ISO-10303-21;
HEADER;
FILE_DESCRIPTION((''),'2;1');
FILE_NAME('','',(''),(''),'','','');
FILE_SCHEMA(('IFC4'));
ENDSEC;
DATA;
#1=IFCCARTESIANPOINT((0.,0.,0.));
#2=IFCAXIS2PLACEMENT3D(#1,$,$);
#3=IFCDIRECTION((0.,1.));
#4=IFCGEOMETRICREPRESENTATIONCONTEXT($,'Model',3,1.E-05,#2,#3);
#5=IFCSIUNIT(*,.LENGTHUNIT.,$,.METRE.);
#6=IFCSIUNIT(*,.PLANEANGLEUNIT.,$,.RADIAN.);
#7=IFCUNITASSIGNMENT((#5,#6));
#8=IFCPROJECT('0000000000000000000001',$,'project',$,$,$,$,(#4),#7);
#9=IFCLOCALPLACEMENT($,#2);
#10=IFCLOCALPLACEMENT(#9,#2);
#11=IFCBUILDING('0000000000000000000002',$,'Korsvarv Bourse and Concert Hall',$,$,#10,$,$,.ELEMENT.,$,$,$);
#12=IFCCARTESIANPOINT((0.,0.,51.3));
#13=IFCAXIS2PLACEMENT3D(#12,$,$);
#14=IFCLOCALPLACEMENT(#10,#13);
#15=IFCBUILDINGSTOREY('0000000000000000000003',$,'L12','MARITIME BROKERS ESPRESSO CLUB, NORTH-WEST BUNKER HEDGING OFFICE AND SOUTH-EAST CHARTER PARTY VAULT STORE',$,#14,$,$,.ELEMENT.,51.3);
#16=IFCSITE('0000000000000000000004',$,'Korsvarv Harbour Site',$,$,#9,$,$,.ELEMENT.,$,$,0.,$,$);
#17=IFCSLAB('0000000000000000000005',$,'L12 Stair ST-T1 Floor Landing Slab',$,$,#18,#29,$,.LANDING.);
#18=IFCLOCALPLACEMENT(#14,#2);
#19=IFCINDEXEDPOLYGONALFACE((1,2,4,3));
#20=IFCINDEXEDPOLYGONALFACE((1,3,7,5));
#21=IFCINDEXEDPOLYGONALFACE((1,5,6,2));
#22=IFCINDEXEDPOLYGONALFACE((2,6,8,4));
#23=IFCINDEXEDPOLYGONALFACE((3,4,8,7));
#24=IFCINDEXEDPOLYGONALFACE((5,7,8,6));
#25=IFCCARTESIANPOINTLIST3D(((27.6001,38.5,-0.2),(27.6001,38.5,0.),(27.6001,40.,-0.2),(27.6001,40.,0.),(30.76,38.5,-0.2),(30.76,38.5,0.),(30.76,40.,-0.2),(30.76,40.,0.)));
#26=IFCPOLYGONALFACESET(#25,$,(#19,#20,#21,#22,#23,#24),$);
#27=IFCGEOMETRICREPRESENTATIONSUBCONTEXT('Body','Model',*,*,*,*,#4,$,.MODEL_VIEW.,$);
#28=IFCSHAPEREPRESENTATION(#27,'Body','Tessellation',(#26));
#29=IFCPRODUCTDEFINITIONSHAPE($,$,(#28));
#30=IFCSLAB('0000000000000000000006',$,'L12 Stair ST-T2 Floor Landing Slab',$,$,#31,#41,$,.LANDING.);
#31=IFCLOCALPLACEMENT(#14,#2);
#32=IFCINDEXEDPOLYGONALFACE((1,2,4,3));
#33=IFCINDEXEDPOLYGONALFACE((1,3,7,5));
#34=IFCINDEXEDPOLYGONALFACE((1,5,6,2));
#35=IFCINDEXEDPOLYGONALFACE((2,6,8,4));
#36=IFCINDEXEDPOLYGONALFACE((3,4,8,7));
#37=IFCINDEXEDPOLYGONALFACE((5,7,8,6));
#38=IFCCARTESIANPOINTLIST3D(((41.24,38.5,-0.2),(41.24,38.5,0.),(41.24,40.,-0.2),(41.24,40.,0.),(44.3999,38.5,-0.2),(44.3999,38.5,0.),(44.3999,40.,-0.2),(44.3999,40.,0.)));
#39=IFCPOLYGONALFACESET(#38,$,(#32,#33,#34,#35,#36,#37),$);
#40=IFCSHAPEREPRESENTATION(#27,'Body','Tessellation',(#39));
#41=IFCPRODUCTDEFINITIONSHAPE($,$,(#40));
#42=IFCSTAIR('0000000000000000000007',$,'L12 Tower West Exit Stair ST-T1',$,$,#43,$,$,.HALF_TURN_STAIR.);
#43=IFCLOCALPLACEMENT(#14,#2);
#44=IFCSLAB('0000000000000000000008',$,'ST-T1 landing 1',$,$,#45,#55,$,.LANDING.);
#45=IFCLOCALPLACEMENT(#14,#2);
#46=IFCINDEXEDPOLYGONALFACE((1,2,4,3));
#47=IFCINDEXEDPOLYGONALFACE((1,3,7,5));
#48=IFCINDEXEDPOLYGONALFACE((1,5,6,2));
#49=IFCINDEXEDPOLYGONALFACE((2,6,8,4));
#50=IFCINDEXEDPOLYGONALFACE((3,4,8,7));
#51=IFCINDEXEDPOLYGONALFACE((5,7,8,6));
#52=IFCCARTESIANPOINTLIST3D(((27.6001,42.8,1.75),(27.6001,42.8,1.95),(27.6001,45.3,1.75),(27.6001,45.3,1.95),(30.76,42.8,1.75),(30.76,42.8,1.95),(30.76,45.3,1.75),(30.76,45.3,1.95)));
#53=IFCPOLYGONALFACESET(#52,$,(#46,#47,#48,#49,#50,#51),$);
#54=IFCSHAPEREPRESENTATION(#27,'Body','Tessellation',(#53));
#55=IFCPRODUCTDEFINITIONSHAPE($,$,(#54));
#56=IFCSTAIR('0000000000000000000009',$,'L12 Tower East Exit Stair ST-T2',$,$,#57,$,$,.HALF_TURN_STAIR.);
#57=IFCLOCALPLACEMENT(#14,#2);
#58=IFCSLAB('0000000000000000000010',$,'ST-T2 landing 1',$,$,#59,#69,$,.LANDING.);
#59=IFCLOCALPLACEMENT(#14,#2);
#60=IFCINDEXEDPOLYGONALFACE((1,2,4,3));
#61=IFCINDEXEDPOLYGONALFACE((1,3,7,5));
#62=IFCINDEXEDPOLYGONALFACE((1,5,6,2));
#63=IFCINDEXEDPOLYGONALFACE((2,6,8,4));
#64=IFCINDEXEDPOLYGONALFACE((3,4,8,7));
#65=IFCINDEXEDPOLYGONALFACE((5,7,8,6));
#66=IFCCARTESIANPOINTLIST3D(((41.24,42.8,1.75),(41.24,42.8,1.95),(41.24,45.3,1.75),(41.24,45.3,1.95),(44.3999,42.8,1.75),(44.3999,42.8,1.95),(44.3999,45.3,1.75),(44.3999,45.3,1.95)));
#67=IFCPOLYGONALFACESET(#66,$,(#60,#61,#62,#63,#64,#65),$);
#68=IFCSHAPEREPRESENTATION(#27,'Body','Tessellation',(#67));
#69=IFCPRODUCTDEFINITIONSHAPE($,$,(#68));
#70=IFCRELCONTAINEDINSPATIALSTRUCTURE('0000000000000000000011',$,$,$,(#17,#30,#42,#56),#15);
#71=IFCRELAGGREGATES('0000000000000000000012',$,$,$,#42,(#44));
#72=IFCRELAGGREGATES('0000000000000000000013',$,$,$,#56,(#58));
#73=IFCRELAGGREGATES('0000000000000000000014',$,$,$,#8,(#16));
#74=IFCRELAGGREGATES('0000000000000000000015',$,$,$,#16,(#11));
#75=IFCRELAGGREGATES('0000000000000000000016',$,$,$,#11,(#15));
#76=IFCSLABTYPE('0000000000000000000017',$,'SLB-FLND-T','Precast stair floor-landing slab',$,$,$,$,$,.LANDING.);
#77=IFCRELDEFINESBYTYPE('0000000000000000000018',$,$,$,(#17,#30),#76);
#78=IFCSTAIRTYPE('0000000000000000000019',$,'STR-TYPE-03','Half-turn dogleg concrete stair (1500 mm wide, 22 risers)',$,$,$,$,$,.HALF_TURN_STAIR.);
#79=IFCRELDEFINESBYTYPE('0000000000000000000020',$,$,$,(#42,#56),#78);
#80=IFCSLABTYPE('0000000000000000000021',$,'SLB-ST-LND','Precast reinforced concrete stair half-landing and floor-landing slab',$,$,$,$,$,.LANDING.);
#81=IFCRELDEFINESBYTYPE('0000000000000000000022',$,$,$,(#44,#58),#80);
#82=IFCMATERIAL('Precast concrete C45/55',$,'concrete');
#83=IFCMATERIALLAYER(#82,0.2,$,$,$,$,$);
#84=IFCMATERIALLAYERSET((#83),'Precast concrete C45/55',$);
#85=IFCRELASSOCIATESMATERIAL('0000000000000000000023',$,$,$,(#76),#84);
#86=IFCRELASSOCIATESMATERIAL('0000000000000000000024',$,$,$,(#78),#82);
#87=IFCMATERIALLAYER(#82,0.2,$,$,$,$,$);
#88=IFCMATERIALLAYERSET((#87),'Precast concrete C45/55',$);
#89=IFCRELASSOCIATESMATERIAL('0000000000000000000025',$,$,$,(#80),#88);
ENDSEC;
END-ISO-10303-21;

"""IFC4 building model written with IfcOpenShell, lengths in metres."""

from ifc_helpers import new_model, si_unit, direction, frame, origin, place, context, subcontext, project, spatial, polyline, outline, extrude, material, layer, layer_set, type_object, element, aggregate, save


model = new_model("IFC4")

# Units and contexts
model_context = context("Model", 3, precision=1e-05, world=origin(), true_north=direction((0.0, 1.0)))
body_context = subcontext(model_context, "Body", "Model", "MODEL_VIEW")
ifc_project = project(units=[si_unit("LENGTHUNIT", "METRE"), si_unit("PLANEANGLEUNIT", "RADIAN")], contexts=[model_context])

# Site, building, storey
site_placement = place(None, origin())
site = spatial("IfcSite", under=ifc_project, at=site_placement, Name="Korsvarv Harbour Site", CompositionType="ELEMENT", RefElevation=0.0)
building_placement = place(site_placement, origin())
building = spatial("IfcBuilding", under=site, at=building_placement, Name="Korsvarv Bourse and Concert Hall", CompositionType="ELEMENT")
storey_placement = place(building_placement, frame((0.0, 0.0, 51.3)))
storey = spatial("IfcBuildingStorey", under=building, at=storey_placement, Name="L12", Description="MARITIME BROKERS ESPRESSO CLUB, NORTH-WEST BUNKER HEDGING OFFICE AND SOUTH-EAST CHARTER PARTY VAULT STORE", CompositionType="ELEMENT", Elevation=51.3)

# Slabs
ifc_material_1 = material(Name="Precast concrete C45/55", Category="concrete")
ifc_layer_1 = layer(ifc_material_1, 0.2)
ifc_layer_set_1 = layer_set([ifc_layer_1], Name="Precast concrete C45/55")
slab_type_1 = type_object("IfcSlabType", Name="SLB-FLND-T", Description="Precast stair floor-landing slab", PredefinedType="LANDING", material=ifc_layer_set_1)
slab_1_placement = place(storey_placement, frame((0.0, 0.0, -0.2)))
element("IfcSlab", 1, at=slab_1_placement, inside=storey, type_object=slab_type_1, Name="L12 Stair ST-T1 Floor Landing Slab", PredefinedType="LANDING", context=body_context, shape_type="SweptSolid", body=[
    extrude(outline(polyline([(30.76, 38.5), (30.76, 40.0), (27.6001, 40.0), (27.6001, 38.5), (30.76, 38.5)])), origin(), (0.0, 0.0, 1.0), 0.2),
])
slab_2_placement = place(storey_placement, frame((0.0, 0.0, -0.2)))
element("IfcSlab", 2, at=slab_2_placement, inside=storey, type_object=slab_type_1, Name="L12 Stair ST-T2 Floor Landing Slab", PredefinedType="LANDING", context=body_context, shape_type="SweptSolid", body=[
    extrude(outline(polyline([(44.3999, 38.5), (44.3999, 40.0), (41.24, 40.0), (41.24, 38.5), (44.3999, 38.5)])), origin(), (0.0, 0.0, 1.0), 0.2),
])

# Stairs, slabs
stair_type = type_object("IfcStairType", Name="STR-TYPE-03", Description="Half-turn dogleg concrete stair (1500 mm wide, 22 risers)", PredefinedType="HALF_TURN_STAIR", material=ifc_material_1)
stair_1_placement = place(storey_placement, origin())
stair_1 = element("IfcStair", 3, at=stair_1_placement, inside=storey, type_object=stair_type, Name="L12 Tower West Exit Stair ST-T1", PredefinedType="HALF_TURN_STAIR")
ifc_layer_2 = layer(ifc_material_1, 0.2)
ifc_layer_set_2 = layer_set([ifc_layer_2], Name="Precast concrete C45/55")
slab_type_2 = type_object("IfcSlabType", Name="SLB-ST-LND", Description="Precast reinforced concrete stair half-landing and floor-landing slab", PredefinedType="LANDING", material=ifc_layer_set_2)
slab_3_placement = place(storey_placement, frame((0.0, 0.0, 1.75)))
slab_3 = element("IfcSlab", 4, at=slab_3_placement, type_object=slab_type_2, Name="ST-T1 landing 1", PredefinedType="LANDING", context=body_context, shape_type="SweptSolid", body=[
    extrude(outline(polyline([(30.76, 42.8), (30.76, 45.3), (27.6001, 45.3), (27.6001, 42.8), (30.76, 42.8)])), origin(), (0.0, 0.0, 1.0), 0.2),
])
aggregate(stair_1, [slab_3])
stair_2_placement = place(storey_placement, origin())
stair_2 = element("IfcStair", 5, at=stair_2_placement, inside=storey, type_object=stair_type, Name="L12 Tower East Exit Stair ST-T2", PredefinedType="HALF_TURN_STAIR")
slab_4_placement = place(storey_placement, frame((0.0, 0.0, 1.75)))
slab_4 = element("IfcSlab", 6, at=slab_4_placement, type_object=slab_type_2, Name="ST-T2 landing 1", PredefinedType="LANDING", context=body_context, shape_type="SweptSolid", body=[
    extrude(outline(polyline([(44.3999, 42.8), (44.3999, 45.3), (41.24, 45.3), (41.24, 42.8), (44.3999, 42.8)])), origin(), (0.0, 0.0, 1.0), 0.2),
])
aggregate(stair_2, [slab_4])

save(model, "model.ifc")
